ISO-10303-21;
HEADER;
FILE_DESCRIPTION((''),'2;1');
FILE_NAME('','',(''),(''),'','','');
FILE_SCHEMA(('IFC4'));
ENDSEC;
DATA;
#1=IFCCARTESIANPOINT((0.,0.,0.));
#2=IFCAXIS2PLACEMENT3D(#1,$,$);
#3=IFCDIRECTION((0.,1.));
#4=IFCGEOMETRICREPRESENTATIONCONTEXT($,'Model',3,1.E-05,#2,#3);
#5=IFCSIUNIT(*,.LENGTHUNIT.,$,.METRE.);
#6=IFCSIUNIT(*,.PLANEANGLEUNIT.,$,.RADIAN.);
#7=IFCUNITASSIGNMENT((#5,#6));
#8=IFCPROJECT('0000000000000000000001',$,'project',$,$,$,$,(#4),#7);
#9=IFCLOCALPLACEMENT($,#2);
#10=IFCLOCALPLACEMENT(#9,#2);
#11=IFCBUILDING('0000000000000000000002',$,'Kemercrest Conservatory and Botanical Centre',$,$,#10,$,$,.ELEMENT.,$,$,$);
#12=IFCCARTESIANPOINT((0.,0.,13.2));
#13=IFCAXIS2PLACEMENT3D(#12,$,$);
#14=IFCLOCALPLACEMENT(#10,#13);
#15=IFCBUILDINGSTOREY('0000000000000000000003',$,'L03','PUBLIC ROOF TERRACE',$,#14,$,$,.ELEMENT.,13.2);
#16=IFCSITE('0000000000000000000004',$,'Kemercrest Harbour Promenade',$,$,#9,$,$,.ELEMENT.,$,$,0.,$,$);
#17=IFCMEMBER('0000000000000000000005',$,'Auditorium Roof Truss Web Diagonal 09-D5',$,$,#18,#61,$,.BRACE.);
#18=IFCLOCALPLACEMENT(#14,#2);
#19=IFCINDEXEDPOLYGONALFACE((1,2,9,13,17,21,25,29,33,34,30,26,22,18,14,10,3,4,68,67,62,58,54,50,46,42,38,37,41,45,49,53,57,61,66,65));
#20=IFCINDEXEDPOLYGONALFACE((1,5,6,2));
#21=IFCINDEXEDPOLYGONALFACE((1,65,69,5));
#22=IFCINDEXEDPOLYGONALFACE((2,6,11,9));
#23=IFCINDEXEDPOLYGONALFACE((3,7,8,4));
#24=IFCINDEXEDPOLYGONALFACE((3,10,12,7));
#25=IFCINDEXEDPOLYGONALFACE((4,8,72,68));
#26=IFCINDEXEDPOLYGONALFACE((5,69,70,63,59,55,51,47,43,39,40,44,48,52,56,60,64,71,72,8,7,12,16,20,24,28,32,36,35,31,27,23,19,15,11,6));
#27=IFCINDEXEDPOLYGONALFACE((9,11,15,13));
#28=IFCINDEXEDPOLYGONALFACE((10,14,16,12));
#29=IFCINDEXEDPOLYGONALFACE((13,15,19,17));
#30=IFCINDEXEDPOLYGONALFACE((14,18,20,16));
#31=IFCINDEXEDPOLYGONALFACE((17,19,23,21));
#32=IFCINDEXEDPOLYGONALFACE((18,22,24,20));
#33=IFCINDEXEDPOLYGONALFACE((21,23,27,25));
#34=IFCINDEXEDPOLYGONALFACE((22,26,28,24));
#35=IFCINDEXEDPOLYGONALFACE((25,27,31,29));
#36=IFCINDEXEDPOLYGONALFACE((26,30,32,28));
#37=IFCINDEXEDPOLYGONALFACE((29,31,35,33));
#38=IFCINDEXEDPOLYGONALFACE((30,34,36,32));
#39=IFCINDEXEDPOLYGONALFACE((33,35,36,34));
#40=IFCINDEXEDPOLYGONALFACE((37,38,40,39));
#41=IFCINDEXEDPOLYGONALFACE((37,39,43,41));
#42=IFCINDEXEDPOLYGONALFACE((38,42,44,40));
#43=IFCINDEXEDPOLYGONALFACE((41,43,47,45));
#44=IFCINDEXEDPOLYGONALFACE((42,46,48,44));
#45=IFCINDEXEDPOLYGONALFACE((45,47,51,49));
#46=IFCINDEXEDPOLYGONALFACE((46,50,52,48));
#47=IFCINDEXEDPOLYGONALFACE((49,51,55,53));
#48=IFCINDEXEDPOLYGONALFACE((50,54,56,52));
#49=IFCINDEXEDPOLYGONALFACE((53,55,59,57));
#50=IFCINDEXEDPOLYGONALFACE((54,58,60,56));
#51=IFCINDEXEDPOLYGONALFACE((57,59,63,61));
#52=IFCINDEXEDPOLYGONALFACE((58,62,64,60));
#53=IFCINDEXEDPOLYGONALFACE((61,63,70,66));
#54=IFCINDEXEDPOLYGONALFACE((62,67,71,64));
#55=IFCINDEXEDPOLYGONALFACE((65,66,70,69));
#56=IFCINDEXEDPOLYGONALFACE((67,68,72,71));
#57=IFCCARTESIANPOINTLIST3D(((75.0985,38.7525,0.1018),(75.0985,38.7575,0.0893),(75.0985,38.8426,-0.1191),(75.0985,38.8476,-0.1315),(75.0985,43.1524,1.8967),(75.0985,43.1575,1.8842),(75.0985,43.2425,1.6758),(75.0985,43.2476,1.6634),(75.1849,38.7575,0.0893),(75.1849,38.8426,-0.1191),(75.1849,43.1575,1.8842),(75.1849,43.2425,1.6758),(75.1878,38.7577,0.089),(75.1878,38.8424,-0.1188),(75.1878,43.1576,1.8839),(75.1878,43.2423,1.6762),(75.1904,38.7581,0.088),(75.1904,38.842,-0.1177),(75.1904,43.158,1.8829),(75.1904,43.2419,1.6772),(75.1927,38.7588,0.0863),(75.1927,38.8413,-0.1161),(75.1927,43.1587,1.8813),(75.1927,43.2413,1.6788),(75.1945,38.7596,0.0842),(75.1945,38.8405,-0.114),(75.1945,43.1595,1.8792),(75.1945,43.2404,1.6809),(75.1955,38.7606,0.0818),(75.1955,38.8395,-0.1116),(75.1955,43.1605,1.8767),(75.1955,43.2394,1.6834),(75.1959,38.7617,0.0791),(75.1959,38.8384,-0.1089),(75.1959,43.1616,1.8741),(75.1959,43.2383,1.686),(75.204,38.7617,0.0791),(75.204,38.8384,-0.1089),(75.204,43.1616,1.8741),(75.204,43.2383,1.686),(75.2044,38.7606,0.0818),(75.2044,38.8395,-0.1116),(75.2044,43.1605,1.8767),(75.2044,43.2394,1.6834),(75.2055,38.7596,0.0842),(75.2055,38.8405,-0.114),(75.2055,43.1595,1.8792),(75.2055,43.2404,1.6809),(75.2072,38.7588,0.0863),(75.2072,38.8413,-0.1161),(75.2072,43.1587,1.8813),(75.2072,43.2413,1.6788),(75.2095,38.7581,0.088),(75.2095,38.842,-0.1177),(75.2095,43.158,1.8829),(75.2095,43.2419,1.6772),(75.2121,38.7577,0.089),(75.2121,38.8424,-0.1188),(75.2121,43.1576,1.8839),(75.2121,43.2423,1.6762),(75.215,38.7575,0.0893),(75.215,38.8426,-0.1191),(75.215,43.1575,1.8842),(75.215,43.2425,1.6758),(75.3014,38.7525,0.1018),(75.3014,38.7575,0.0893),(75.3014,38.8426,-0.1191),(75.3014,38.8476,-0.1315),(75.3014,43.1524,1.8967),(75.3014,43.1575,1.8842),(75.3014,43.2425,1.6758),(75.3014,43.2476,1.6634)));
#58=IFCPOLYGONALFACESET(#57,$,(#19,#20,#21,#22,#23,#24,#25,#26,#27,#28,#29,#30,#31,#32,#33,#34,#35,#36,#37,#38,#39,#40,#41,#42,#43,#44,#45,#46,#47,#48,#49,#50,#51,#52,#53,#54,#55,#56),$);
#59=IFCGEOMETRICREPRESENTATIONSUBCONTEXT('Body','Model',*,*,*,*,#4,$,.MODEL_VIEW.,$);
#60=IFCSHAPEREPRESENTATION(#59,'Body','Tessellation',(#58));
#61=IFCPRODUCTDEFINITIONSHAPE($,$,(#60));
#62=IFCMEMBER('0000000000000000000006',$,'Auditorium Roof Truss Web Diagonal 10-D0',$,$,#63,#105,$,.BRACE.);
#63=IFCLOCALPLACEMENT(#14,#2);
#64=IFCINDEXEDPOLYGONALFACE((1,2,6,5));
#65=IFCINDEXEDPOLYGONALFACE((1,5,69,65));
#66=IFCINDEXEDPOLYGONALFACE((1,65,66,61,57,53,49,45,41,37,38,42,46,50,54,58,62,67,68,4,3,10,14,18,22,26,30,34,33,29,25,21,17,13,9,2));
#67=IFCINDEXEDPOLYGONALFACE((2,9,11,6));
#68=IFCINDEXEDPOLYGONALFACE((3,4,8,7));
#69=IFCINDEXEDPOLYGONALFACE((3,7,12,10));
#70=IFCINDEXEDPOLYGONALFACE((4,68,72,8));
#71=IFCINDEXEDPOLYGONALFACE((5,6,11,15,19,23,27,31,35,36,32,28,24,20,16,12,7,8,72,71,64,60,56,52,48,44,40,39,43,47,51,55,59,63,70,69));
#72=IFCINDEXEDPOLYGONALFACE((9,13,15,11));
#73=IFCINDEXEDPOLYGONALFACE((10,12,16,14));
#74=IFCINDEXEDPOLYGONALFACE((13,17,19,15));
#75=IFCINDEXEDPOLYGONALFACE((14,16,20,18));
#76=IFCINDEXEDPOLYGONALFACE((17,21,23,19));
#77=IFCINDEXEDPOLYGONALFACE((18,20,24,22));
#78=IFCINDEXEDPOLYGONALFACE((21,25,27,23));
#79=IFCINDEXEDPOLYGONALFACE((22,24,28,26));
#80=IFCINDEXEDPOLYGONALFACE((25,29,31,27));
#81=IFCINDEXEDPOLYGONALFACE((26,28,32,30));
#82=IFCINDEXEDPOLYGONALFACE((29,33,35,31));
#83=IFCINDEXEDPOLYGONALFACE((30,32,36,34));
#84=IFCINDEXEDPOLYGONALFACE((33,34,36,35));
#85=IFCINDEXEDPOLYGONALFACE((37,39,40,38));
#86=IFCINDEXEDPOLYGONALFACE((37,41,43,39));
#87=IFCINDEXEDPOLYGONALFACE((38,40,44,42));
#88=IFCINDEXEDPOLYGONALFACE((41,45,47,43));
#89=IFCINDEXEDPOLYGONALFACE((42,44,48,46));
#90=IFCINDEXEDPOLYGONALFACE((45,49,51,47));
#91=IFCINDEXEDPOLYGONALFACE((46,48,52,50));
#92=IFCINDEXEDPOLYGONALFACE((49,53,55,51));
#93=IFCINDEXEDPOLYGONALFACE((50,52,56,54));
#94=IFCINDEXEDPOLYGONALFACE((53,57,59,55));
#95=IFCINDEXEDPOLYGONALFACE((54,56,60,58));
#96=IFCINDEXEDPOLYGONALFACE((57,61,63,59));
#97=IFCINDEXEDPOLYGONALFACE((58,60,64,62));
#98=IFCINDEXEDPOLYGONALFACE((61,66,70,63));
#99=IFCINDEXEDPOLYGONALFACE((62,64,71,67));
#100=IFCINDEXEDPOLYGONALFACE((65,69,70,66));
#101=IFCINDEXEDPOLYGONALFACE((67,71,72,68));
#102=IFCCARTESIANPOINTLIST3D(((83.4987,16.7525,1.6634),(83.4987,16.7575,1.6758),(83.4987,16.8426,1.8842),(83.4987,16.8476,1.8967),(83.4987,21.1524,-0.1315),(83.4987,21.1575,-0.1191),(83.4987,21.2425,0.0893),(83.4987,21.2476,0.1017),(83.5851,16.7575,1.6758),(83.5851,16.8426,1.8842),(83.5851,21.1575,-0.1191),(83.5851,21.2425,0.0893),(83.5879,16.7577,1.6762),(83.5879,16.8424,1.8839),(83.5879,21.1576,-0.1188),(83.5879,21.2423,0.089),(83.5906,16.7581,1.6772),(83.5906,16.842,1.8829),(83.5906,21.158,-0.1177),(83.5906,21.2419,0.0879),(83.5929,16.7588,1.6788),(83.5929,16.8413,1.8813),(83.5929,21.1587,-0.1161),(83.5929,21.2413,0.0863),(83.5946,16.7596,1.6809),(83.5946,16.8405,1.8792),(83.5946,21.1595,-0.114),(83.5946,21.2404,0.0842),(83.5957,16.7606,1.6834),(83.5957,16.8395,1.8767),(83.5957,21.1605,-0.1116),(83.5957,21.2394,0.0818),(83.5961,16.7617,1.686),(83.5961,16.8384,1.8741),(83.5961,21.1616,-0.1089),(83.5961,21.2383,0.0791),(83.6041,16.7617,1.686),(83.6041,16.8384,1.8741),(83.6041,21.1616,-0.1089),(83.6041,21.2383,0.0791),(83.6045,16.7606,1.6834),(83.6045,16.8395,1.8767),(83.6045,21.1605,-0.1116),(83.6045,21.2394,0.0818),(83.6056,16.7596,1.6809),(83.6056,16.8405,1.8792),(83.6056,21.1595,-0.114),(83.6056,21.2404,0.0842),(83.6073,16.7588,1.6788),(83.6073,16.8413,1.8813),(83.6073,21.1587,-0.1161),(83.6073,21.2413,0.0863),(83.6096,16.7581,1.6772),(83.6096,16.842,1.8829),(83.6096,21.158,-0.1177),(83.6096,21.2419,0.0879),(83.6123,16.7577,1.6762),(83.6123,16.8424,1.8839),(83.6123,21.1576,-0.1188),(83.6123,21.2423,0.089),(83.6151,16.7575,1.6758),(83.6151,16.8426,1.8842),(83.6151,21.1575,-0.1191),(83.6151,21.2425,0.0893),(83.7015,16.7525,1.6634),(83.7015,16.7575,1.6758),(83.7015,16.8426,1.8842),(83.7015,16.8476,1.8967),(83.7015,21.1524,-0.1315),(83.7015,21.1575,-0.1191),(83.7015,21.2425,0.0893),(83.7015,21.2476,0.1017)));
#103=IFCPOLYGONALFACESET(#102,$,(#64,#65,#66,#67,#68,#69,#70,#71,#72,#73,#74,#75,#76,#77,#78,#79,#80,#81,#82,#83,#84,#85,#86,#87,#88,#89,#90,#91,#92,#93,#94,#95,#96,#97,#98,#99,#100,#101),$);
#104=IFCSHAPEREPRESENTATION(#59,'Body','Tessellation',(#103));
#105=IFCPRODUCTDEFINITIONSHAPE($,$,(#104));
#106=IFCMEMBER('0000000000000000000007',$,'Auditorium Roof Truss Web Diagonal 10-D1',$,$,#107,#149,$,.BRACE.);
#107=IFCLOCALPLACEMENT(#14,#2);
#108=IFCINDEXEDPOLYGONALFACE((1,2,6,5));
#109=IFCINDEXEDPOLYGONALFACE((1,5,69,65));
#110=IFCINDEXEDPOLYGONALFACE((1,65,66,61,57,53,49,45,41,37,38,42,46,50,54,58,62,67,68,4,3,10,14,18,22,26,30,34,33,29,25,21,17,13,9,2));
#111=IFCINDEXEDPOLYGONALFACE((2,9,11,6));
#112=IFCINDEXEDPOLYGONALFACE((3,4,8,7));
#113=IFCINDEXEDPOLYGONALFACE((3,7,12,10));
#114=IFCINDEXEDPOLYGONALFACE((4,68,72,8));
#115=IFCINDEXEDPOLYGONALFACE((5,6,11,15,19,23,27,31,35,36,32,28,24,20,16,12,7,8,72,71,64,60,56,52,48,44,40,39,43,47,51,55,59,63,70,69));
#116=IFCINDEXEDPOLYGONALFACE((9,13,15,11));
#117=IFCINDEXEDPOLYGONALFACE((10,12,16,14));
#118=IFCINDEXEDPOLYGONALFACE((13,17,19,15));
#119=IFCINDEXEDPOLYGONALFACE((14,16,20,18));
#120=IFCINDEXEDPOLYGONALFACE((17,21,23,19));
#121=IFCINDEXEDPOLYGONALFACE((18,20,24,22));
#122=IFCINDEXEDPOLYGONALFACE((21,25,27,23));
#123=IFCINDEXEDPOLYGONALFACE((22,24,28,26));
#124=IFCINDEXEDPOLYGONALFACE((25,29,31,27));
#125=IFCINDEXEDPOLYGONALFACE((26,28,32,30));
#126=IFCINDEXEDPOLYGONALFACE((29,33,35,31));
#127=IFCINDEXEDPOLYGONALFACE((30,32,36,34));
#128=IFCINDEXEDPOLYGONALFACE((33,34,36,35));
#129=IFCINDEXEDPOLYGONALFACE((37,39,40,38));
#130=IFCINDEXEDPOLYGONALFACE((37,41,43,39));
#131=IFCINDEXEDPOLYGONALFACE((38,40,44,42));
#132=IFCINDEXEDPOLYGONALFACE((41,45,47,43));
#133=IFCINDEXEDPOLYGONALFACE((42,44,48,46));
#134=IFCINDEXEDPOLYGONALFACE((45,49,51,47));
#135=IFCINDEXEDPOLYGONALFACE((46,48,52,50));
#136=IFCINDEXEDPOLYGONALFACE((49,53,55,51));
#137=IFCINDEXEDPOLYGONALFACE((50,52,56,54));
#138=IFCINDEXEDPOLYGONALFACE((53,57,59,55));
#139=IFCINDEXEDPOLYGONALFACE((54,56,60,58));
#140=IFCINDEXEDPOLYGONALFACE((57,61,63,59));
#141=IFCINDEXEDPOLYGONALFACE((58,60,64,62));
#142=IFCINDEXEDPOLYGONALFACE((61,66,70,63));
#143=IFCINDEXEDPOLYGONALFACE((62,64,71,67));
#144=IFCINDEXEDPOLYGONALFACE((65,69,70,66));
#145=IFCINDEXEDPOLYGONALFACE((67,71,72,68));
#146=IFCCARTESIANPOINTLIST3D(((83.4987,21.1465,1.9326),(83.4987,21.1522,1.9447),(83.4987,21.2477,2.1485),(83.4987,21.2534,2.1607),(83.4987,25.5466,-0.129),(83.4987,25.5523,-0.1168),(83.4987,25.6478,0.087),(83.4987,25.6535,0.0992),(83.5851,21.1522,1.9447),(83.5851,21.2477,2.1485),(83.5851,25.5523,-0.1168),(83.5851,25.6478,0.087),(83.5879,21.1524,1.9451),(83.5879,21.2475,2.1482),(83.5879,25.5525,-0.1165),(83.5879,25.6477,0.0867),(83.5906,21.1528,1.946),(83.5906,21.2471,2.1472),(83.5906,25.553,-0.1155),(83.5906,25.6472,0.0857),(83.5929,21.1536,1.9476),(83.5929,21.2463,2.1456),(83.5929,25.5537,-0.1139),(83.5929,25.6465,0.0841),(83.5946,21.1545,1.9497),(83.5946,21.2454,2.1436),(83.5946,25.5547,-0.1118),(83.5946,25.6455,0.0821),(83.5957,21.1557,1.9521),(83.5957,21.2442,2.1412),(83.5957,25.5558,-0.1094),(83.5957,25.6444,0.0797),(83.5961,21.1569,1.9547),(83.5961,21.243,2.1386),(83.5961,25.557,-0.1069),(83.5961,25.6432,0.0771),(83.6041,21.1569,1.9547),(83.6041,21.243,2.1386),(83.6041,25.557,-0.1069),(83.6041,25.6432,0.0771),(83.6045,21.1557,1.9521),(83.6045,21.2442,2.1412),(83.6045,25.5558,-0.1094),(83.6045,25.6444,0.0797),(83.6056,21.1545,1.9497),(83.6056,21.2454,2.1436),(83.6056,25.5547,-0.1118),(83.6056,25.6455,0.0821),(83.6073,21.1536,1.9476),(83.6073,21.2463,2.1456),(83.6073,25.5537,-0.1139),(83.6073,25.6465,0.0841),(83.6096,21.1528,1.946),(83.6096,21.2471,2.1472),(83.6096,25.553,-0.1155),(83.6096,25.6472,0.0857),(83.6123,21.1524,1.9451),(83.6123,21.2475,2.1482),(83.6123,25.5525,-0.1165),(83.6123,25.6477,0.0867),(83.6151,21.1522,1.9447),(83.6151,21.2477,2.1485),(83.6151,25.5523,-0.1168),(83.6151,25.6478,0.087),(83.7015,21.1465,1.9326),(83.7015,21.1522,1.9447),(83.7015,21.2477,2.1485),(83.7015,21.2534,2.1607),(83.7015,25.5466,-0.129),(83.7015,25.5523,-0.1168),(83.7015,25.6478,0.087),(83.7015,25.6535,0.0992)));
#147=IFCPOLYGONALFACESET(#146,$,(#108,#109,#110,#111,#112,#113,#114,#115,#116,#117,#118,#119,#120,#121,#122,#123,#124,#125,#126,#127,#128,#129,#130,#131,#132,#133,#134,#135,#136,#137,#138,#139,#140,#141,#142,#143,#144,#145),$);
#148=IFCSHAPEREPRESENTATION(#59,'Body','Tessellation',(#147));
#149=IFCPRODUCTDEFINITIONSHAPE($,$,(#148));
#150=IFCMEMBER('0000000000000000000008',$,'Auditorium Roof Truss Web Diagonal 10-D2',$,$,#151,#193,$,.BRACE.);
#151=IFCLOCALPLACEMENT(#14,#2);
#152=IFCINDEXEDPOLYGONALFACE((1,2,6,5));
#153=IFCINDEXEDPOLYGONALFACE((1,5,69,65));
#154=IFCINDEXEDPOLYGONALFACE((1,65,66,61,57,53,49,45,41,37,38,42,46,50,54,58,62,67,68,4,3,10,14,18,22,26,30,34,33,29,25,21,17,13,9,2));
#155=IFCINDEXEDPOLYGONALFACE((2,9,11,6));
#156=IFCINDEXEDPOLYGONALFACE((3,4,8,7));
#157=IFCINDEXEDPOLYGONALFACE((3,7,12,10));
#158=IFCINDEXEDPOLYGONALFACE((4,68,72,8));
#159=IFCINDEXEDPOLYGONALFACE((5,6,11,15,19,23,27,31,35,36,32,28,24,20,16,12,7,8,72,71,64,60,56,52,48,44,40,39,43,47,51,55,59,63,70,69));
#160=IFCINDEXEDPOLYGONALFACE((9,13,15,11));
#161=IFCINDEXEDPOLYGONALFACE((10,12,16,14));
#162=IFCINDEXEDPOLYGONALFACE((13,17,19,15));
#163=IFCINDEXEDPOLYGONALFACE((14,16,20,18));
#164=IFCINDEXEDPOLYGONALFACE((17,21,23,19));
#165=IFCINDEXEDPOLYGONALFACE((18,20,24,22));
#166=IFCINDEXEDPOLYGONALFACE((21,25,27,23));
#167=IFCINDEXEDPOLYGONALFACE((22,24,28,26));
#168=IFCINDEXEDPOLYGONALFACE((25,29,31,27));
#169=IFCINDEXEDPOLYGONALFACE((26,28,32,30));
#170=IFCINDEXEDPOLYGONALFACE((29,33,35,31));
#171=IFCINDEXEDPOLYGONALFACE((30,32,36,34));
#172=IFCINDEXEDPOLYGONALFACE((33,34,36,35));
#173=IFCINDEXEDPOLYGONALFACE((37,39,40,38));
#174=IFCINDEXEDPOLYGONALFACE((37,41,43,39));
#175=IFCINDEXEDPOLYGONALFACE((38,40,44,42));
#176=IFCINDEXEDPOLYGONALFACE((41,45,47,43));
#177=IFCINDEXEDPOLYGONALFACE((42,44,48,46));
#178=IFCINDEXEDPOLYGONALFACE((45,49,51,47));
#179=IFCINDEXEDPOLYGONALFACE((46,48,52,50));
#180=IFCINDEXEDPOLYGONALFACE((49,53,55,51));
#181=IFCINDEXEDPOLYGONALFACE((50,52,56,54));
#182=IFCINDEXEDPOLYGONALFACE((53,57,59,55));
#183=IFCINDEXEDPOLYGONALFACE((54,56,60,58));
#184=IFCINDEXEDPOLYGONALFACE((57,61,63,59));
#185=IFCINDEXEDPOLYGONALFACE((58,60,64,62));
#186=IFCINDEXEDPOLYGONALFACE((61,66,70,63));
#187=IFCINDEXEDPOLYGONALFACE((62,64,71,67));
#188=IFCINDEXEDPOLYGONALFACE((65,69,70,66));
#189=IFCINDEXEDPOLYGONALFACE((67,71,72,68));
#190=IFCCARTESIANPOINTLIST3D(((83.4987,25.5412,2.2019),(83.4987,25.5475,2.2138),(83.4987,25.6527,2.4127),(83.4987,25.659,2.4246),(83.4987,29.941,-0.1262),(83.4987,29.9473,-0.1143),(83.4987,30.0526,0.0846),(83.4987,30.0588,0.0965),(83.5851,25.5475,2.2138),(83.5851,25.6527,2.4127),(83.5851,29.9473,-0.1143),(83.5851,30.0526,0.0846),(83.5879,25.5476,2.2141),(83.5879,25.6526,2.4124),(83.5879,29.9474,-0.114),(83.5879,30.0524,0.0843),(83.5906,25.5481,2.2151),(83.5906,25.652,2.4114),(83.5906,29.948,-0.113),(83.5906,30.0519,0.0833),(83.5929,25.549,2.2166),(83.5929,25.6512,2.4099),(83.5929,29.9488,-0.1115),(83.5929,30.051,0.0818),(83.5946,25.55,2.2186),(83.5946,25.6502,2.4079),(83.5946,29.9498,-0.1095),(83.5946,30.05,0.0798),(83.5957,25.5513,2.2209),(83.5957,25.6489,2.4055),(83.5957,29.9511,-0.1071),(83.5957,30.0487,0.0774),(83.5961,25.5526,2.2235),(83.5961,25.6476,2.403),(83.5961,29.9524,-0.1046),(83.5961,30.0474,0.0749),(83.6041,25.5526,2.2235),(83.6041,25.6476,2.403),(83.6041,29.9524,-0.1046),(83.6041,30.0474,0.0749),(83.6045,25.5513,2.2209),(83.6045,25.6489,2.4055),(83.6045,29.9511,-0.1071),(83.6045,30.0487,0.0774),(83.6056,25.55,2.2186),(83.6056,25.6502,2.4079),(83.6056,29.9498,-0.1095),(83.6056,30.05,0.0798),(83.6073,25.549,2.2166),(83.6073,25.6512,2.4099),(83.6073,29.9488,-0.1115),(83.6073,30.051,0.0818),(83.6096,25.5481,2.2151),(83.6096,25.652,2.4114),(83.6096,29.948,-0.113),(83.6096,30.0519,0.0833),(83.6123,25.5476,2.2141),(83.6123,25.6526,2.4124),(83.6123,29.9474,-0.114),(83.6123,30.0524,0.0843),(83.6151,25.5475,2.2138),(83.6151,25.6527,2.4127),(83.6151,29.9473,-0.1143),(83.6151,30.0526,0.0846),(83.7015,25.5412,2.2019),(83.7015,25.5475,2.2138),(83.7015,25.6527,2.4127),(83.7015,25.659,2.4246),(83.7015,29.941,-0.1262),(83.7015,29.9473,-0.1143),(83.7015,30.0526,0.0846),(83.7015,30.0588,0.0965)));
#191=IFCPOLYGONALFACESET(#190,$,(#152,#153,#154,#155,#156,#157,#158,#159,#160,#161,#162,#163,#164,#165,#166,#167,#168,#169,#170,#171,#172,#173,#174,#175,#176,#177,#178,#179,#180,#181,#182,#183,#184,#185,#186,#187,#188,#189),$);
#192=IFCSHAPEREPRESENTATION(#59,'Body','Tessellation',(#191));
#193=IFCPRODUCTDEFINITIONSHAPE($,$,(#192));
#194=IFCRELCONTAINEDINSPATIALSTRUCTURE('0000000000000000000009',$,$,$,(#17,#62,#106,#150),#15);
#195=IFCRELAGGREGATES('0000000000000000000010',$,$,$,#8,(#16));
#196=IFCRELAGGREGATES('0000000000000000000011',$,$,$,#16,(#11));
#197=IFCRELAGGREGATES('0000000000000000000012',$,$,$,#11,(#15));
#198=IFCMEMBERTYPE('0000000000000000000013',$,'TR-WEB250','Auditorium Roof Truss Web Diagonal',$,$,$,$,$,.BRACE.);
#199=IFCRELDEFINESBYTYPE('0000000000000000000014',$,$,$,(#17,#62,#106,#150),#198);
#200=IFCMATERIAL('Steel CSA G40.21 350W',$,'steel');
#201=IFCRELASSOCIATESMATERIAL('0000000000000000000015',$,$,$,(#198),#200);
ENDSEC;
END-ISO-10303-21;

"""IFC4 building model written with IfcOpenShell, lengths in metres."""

from ifc_helpers import new_model, si_unit, direction, frame, origin, origin_2d, place, context, subcontext, project, spatial, i_section, extrude, material, material_profile, profile_set, type_object, element, save


model = new_model("IFC4")

# Units and contexts
model_context = context("Model", 3, precision=1e-05, world=origin(), true_north=direction((0.0, 1.0)))
body_context = subcontext(model_context, "Body", "Model", "MODEL_VIEW")
ifc_project = project(units=[si_unit("LENGTHUNIT", "METRE"), si_unit("PLANEANGLEUNIT", "RADIAN")], contexts=[model_context])

# Site, building, storey
site_placement = place(None, origin())
site = spatial("IfcSite", under=ifc_project, at=site_placement, Name="Kemercrest Harbour Promenade", CompositionType="ELEMENT", RefElevation=0.0)
building_placement = place(site_placement, origin())
building = spatial("IfcBuilding", under=site, at=building_placement, Name="Kemercrest Conservatory and Botanical Centre", CompositionType="ELEMENT")
storey_placement = place(building_placement, frame((0.0, 0.0, 13.2)))
storey = spatial("IfcBuildingStorey", under=building, at=storey_placement, Name="L03", Description="PUBLIC ROOF TERRACE", CompositionType="ELEMENT", Elevation=13.2)

# Members
ifc_material = material(Name="Steel CSA G40.21 350W", Category="steel")
ifc_material_profile_1 = material_profile(ifc_material, i_section(OverallWidth=0.2029, OverallDepth=0.252, WebThickness=0.0081, FlangeThickness=0.0134, FilletRadius=0.011, at=origin_2d()), Name="W250X58")
ifc_profile_set_1 = profile_set([ifc_material_profile_1], Name="Steel CSA G40.21 350W")
member_type_1 = type_object("IfcMemberType", Name="TR-WEB250", Description="Auditorium Roof Truss Web Diagonal", PredefinedType="BRACE", material=ifc_profile_set_1)
for number, where, z_axis, x_axis, name in (
    (1, (75.2, 38.8, -0.0149), (0.0, 0.925918, 0.377724), (-1.0, 0.0, 0.0), "Auditorium Roof Truss Web Diagonal 09-D5"),
    (2, (83.6001, 16.8, 1.78), (0.0, 0.925918, -0.377724), (-1.0, 0.0, 0.0), "Auditorium Roof Truss Web Diagonal 10-D0"),
):
    element("IfcMember", number, at=place(storey_placement, frame(where, z_axis=z_axis, x_axis=x_axis)), inside=storey, type_object=member_type_1, Name=name, PredefinedType="BRACE", context=body_context, shape_type="SweptSolid", body=[
        extrude(i_section(OverallWidth=0.2029, OverallDepth=0.252, WebThickness=0.0081, FlangeThickness=0.0134, FilletRadius=0.011, at=origin_2d()), origin(), (0.0, 0.0, 1.0), 4.752),
    ])
member_1_placement = place(storey_placement, frame((83.6001, 21.2, 2.0466), z_axis=(0.0, 0.905542, -0.424258), x_axis=(-1.0, 0.0, 0.0)))
element("IfcMember", 3, at=member_1_placement, inside=storey, type_object=member_type_1, Name="Auditorium Roof Truss Web Diagonal 10-D1", PredefinedType="BRACE", context=body_context, shape_type="SweptSolid", body=[
    extrude(i_section(OverallWidth=0.2029, OverallDepth=0.252, WebThickness=0.0081, FlangeThickness=0.0134, FilletRadius=0.011, at=origin_2d()), origin(), (0.0, 0.0, 1.0), 4.8591),
])
for number, where, z_axis, x_axis, name in (
    (4, (83.6001, 25.6001, 2.3132), (0.0, 0.88389, -0.467694), (-1.0, 0.0, 0.0), "Auditorium Roof Truss Web Diagonal 10-D2"),
):
    element("IfcMember", number, at=place(storey_placement, frame(where, z_axis=z_axis, x_axis=x_axis)), inside=storey, type_object=member_type_1, Name=name, PredefinedType="BRACE", context=body_context, shape_type="SweptSolid", body=[
        extrude(i_section(OverallWidth=0.2029, OverallDepth=0.252, WebThickness=0.0081, FlangeThickness=0.0134, FilletRadius=0.011, at=origin_2d()), origin(), (0.0, 0.0, 1.0), 4.9778),
    ])

save(model, "model.ifc")
